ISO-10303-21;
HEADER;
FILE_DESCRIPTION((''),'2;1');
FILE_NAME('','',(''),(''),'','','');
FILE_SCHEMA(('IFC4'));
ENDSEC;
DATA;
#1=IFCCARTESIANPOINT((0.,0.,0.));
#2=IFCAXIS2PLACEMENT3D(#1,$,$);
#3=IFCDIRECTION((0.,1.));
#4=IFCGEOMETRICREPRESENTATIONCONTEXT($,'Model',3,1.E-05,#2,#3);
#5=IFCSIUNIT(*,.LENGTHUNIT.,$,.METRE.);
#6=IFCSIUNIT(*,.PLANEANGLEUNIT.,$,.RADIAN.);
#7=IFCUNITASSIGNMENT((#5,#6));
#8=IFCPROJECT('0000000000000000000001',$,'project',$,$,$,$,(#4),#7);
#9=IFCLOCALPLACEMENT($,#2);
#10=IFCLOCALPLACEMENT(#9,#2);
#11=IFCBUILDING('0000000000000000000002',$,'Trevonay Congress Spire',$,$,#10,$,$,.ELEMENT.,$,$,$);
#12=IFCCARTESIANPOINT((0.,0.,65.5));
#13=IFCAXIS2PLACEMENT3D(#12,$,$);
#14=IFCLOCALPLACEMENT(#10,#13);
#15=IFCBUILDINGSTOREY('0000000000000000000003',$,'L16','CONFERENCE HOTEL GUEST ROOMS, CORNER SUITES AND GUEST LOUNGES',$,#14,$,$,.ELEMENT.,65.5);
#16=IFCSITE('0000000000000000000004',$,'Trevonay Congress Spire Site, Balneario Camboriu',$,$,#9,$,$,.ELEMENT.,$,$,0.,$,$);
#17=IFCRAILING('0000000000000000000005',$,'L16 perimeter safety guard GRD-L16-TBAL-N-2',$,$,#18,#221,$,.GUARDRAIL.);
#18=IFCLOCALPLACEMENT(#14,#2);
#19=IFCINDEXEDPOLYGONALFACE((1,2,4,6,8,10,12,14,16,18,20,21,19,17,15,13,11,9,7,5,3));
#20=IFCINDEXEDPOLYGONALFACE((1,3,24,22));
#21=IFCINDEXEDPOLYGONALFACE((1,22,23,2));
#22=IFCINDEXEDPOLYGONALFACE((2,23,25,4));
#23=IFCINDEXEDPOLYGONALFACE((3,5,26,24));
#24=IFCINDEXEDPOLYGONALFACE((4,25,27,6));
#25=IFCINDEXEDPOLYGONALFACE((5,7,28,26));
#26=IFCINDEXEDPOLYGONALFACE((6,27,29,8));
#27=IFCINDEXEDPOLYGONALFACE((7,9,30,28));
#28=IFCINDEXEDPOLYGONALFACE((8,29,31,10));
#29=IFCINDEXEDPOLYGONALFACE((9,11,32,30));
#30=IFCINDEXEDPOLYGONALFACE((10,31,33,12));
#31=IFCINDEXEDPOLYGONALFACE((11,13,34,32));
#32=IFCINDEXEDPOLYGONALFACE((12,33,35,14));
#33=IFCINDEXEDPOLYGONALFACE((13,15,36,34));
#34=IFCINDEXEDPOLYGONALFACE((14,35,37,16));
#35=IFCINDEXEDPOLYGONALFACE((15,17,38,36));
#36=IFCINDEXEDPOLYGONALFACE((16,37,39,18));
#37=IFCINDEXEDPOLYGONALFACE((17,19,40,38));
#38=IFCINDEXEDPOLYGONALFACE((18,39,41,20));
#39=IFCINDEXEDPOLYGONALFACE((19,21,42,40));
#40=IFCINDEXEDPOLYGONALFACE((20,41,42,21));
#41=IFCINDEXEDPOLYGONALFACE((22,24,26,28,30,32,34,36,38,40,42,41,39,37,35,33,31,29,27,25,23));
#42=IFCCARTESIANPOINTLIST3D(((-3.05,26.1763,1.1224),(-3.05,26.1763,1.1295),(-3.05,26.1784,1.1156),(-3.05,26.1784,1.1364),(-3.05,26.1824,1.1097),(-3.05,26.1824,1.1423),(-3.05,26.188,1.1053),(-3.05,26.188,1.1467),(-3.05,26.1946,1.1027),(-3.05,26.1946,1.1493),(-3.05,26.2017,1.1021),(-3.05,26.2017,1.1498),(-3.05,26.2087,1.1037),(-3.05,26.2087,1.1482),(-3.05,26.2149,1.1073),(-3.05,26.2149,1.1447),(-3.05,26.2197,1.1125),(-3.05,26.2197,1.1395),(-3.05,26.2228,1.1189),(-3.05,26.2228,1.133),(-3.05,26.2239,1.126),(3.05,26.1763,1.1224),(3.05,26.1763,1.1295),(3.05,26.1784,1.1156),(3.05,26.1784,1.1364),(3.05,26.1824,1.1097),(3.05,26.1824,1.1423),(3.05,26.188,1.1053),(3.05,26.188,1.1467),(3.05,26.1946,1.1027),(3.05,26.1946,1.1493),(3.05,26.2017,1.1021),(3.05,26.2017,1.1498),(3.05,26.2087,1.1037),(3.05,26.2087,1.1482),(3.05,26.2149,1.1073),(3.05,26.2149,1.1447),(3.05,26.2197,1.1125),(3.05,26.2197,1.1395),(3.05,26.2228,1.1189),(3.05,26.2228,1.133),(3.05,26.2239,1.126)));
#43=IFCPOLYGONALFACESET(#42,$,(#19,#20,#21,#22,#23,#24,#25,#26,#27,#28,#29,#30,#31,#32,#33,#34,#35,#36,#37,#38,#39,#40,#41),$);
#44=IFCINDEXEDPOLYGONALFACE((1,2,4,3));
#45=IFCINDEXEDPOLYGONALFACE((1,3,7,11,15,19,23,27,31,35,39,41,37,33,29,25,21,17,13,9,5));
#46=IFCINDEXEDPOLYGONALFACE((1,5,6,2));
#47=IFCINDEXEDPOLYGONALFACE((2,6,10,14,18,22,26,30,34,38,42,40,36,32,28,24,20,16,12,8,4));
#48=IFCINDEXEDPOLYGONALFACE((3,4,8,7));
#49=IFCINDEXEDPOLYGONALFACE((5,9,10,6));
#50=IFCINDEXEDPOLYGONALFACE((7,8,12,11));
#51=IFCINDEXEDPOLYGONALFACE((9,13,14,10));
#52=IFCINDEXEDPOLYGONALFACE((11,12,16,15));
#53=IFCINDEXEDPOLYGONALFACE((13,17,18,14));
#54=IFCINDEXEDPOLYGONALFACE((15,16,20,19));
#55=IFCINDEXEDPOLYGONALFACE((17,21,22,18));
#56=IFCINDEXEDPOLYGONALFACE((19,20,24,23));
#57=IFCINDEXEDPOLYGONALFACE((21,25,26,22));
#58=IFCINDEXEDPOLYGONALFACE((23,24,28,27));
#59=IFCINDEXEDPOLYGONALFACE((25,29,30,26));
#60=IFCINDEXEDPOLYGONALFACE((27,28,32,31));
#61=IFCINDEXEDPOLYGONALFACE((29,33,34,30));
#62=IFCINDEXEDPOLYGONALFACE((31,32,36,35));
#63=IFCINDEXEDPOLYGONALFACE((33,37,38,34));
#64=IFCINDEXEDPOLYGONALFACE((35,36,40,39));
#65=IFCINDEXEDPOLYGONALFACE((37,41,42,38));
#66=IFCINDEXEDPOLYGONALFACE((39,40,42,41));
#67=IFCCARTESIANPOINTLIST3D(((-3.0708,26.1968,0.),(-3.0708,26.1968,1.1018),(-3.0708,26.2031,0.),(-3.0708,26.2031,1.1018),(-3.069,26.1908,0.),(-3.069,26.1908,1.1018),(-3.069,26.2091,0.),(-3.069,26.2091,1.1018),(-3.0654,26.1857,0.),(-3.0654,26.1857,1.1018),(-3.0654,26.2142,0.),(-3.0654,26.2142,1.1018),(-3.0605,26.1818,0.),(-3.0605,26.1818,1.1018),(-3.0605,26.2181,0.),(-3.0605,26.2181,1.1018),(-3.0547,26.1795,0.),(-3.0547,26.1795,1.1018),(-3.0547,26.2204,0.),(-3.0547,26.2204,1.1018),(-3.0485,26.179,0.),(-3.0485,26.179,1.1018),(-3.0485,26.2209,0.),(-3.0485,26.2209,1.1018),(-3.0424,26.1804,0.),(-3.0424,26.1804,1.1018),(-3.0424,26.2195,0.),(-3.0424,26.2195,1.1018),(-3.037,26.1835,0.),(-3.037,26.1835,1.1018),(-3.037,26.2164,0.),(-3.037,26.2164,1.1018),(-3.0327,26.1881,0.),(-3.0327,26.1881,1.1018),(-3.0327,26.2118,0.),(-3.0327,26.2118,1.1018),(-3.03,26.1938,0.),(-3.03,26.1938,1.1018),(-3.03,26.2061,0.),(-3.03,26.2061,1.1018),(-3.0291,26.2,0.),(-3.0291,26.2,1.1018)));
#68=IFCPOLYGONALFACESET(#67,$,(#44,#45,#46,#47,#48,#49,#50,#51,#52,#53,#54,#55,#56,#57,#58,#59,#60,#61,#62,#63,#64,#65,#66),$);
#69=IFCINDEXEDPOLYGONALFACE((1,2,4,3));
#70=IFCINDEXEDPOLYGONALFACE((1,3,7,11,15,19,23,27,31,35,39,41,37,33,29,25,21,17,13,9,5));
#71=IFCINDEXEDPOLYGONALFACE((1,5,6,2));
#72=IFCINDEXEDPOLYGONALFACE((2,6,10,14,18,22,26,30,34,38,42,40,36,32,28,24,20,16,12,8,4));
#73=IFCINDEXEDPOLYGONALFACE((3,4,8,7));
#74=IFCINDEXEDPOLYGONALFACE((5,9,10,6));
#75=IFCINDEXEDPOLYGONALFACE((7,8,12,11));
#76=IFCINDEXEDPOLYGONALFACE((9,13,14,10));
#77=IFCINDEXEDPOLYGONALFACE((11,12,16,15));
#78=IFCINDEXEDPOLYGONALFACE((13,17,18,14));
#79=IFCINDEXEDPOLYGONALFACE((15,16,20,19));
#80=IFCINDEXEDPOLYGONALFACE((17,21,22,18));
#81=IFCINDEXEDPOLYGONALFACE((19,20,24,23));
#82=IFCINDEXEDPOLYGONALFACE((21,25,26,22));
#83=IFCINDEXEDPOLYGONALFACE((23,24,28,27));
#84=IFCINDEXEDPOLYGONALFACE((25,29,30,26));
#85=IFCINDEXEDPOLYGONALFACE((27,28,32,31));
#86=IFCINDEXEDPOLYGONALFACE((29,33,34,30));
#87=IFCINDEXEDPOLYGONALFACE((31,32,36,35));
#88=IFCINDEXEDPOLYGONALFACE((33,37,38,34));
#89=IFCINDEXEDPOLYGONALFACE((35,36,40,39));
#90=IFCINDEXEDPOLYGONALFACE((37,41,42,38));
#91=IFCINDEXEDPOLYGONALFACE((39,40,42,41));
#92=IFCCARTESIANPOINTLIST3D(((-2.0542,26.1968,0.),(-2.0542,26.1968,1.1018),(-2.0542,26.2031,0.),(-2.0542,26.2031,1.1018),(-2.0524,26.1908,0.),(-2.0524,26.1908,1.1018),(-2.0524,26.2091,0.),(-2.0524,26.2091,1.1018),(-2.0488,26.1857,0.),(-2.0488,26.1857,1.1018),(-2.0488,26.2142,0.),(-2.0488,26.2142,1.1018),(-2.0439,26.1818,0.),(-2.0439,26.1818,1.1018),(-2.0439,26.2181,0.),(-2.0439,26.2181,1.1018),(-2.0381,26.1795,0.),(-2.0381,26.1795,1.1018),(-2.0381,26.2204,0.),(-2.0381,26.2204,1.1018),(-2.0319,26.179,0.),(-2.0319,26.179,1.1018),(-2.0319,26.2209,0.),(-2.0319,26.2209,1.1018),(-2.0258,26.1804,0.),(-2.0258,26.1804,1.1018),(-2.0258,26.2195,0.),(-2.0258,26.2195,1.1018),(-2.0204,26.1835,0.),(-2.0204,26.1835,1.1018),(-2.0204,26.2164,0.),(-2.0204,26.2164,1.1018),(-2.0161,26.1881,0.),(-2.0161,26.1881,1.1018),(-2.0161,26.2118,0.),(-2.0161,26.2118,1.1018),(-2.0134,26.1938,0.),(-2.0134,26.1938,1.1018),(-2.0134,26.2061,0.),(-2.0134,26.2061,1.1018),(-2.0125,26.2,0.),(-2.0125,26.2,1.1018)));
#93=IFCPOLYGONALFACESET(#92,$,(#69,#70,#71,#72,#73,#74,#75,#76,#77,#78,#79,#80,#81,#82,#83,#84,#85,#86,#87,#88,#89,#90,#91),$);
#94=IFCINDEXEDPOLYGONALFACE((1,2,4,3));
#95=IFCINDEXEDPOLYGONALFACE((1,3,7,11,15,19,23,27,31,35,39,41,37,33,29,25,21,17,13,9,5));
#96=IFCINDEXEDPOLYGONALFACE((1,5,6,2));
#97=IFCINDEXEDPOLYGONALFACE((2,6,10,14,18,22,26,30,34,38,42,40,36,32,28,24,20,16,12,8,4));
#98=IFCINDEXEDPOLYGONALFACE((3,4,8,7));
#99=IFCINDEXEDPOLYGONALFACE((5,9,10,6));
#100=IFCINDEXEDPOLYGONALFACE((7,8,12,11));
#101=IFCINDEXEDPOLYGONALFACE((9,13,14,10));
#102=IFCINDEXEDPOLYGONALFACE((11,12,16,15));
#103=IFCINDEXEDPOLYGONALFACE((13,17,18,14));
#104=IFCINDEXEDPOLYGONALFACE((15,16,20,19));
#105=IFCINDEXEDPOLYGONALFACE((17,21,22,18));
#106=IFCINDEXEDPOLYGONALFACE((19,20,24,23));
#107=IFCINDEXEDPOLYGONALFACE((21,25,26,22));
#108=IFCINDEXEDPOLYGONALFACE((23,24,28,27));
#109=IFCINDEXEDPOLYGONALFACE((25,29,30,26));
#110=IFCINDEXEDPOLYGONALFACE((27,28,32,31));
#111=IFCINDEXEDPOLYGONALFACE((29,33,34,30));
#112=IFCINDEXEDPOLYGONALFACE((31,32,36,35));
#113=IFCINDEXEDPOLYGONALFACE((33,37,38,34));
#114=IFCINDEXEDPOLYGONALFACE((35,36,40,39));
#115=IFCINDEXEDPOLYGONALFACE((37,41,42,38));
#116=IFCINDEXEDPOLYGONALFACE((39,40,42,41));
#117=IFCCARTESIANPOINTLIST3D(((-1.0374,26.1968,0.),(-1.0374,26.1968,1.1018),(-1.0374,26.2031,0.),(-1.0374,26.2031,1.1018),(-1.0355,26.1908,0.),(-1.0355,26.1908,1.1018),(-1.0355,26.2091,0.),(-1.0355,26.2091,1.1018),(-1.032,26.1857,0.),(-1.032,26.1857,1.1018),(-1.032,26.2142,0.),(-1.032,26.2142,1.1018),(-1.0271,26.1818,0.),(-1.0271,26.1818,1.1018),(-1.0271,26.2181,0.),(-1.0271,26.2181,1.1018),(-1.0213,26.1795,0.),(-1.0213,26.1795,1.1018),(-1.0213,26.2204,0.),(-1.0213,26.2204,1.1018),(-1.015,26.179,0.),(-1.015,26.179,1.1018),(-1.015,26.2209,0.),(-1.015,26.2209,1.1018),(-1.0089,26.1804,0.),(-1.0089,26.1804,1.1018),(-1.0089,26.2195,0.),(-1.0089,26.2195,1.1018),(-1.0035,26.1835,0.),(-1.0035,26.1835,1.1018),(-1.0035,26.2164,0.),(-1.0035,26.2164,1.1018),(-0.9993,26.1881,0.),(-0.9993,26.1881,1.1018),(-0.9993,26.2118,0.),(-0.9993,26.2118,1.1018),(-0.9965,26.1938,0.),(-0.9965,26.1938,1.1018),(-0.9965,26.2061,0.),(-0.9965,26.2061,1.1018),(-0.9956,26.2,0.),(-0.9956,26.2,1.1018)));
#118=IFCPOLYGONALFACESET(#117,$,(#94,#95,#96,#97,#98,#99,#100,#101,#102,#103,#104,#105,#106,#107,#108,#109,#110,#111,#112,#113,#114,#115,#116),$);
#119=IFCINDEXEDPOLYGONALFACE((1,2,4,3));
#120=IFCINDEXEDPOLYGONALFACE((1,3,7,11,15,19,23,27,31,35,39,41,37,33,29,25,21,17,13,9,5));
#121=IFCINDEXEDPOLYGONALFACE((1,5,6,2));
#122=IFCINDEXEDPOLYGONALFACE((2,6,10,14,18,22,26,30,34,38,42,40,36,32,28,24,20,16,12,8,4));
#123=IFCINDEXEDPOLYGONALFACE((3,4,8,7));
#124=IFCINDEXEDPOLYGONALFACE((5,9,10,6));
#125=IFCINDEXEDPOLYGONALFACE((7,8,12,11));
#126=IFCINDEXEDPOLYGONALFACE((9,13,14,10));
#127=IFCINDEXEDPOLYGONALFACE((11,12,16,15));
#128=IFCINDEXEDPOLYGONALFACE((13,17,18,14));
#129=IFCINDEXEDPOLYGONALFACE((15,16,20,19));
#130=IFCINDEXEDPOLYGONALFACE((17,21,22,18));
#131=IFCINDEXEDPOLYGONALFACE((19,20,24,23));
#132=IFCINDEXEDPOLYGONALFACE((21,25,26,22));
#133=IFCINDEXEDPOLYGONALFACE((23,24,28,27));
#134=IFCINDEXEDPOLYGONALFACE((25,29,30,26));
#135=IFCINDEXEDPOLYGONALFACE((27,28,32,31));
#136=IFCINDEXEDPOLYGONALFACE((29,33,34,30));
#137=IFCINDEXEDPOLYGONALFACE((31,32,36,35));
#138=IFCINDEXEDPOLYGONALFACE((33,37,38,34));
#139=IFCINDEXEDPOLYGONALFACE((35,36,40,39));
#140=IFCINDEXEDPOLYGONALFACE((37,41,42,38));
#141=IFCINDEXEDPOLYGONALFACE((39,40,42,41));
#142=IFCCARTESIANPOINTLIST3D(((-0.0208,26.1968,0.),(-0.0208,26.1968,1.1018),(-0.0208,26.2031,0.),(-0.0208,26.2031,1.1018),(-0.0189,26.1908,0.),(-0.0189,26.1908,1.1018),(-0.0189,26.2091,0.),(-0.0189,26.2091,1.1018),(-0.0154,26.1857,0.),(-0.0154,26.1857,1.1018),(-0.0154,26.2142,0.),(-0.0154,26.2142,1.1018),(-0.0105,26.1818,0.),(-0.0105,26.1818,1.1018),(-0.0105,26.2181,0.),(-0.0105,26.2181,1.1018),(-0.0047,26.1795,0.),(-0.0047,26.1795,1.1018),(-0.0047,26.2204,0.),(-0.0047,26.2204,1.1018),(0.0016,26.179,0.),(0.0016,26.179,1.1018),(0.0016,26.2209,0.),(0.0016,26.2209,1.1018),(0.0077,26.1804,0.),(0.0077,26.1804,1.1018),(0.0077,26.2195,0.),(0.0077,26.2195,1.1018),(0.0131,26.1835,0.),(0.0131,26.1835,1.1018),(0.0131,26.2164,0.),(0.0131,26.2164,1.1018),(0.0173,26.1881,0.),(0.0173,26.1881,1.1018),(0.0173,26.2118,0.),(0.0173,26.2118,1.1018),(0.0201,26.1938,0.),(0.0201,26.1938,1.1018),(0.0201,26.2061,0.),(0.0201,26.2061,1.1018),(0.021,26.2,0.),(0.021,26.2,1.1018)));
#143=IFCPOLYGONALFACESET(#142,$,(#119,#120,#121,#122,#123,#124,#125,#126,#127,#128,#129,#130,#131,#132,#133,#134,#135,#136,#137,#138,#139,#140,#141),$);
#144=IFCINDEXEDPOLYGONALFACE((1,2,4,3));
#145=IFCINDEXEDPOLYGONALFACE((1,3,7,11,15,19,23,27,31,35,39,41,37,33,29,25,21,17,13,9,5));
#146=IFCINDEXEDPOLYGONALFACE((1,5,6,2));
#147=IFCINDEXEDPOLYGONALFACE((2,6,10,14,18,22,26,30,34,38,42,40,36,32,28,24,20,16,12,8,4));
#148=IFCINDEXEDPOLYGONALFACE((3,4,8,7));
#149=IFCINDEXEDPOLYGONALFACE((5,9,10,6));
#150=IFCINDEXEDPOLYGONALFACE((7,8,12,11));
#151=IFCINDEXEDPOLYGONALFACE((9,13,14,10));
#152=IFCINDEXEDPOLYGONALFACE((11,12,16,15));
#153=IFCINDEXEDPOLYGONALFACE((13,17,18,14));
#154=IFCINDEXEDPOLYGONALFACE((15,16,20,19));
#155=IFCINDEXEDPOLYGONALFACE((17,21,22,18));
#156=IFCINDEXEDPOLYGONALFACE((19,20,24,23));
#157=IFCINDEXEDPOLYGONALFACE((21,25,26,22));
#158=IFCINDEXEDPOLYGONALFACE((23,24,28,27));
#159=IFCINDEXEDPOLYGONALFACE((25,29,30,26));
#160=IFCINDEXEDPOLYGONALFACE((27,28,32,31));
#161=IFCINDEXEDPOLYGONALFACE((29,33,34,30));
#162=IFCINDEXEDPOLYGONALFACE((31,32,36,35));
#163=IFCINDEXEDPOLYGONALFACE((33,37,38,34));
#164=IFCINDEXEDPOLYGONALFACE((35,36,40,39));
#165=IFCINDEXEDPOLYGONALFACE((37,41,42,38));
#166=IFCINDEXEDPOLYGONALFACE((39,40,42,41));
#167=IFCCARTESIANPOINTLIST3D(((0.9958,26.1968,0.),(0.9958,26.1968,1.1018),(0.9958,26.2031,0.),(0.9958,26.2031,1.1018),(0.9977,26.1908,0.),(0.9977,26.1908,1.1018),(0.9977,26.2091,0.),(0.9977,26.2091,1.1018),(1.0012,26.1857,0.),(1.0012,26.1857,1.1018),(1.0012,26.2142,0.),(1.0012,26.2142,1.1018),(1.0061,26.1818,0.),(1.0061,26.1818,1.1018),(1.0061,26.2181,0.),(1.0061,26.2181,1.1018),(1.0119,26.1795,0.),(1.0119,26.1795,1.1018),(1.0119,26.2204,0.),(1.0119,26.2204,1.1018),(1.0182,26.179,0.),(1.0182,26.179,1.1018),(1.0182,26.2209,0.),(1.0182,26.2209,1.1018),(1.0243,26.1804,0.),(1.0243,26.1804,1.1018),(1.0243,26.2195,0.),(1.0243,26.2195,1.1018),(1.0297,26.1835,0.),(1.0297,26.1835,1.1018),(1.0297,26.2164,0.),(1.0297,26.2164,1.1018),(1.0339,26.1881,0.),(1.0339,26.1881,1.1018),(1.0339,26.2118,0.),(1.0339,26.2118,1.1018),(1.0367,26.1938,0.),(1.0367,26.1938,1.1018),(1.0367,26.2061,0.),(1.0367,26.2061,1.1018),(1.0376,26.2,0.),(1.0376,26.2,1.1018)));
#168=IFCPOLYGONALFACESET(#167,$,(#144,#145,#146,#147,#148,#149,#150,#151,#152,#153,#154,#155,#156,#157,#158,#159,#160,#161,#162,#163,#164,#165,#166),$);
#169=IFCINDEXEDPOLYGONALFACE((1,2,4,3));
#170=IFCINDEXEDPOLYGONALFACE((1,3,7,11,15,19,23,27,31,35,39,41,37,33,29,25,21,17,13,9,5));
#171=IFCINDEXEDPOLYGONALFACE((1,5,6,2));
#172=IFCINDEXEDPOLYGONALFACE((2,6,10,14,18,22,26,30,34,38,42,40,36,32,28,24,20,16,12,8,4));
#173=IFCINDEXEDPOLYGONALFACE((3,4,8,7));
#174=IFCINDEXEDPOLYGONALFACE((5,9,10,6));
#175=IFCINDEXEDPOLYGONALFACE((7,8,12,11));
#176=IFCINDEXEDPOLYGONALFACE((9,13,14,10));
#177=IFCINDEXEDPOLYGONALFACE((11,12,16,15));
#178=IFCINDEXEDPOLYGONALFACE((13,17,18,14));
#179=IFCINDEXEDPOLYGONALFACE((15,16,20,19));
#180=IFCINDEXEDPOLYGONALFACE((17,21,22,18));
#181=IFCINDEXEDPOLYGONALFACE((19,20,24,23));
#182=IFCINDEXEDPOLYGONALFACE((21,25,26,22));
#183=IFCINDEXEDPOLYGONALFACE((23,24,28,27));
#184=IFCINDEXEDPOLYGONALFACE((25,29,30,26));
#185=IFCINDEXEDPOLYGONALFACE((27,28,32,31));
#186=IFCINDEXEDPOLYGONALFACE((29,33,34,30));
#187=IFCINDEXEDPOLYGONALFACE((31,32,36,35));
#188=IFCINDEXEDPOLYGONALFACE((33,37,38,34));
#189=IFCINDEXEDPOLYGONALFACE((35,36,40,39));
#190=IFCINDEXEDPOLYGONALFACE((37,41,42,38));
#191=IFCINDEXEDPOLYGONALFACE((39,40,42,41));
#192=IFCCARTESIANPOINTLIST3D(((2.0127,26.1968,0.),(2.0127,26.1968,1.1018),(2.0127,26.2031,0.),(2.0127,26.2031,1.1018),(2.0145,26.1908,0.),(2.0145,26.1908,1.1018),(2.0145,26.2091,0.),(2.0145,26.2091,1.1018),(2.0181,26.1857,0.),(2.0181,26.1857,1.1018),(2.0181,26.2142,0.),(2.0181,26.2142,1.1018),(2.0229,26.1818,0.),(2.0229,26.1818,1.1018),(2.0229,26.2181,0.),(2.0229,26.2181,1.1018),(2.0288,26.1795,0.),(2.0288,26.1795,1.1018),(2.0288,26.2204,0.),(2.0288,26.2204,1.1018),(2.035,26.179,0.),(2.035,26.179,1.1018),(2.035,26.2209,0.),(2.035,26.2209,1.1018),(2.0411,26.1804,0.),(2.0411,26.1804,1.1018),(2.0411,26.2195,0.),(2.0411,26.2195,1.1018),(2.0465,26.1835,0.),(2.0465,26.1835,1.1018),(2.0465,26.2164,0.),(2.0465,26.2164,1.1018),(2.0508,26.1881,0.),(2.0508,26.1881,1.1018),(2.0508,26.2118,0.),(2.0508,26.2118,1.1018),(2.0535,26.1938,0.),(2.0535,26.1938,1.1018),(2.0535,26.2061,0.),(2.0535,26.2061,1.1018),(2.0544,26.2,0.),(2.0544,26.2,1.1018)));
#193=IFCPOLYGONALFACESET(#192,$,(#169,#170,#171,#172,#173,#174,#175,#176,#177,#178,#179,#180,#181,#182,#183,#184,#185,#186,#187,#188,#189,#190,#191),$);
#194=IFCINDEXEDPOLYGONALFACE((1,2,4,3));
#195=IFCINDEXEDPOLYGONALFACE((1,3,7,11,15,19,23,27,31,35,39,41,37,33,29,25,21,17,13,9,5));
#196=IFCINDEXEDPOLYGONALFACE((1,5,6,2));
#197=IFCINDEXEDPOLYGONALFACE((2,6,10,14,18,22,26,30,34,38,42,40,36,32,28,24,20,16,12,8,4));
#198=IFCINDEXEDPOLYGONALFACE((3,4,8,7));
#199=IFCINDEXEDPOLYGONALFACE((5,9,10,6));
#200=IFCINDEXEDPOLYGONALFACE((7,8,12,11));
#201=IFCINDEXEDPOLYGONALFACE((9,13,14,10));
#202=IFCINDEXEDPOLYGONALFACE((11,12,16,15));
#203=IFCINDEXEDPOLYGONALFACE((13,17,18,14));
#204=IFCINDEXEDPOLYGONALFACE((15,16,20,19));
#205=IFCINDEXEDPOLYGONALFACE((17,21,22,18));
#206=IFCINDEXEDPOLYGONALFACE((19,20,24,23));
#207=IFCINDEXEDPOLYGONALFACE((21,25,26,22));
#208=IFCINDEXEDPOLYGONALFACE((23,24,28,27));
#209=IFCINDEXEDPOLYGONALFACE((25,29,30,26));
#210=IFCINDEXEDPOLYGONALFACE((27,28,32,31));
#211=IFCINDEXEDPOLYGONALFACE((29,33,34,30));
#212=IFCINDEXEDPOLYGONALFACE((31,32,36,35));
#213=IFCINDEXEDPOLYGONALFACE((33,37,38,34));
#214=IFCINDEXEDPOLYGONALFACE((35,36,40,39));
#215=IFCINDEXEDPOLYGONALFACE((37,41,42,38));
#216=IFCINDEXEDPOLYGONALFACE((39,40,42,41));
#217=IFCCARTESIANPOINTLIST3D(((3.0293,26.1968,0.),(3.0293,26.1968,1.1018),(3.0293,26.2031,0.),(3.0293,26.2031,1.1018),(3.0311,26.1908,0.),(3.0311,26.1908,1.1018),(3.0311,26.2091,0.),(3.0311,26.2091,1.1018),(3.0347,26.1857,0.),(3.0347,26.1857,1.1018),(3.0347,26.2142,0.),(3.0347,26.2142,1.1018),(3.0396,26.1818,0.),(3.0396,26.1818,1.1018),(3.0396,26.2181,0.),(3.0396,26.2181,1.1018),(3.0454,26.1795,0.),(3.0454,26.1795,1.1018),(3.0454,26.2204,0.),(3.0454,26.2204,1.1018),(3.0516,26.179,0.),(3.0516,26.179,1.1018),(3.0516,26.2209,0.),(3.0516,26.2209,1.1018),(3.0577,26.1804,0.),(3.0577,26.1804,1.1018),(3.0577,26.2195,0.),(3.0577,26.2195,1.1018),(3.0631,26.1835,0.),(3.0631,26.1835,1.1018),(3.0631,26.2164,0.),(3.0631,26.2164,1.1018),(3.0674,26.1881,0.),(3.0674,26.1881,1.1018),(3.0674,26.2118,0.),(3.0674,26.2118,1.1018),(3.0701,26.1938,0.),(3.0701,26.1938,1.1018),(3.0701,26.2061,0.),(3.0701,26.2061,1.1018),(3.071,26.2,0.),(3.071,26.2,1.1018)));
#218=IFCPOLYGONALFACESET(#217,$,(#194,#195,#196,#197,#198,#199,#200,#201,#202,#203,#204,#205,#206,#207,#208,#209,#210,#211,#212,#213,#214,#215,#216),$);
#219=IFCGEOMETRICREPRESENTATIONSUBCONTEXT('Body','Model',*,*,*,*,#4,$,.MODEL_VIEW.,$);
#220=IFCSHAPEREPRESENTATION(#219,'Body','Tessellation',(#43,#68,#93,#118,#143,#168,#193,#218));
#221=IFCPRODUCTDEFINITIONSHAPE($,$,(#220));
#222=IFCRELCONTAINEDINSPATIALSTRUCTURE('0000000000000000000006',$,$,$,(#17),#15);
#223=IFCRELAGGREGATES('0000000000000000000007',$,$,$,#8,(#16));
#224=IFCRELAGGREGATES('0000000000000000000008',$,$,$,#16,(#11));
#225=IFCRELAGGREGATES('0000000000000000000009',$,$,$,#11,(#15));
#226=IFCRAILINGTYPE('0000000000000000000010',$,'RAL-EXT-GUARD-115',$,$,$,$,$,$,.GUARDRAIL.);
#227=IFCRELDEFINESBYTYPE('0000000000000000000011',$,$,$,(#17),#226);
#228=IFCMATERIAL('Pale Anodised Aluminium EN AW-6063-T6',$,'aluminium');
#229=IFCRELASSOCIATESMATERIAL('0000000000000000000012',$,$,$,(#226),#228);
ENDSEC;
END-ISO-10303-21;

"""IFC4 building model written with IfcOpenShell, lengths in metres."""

from ifc_helpers import new_model, si_unit, direction, frame, origin, origin_2d, place, context, subcontext, project, spatial, circle, extrude, material, type_object, element, save


model = new_model("IFC4")

# Units and contexts
model_context = context("Model", 3, precision=1e-05, world=origin(), true_north=direction((0.0, 1.0)))
body_context = subcontext(model_context, "Body", "Model", "MODEL_VIEW")
ifc_project = project(units=[si_unit("LENGTHUNIT", "METRE"), si_unit("PLANEANGLEUNIT", "RADIAN")], contexts=[model_context])

# Site, building, storey
site_placement = place(None, origin())
site = spatial("IfcSite", under=ifc_project, at=site_placement, Name="Trevonay Congress Spire Site, Balneario Camboriu", CompositionType="ELEMENT", RefElevation=0.0)
building_placement = place(site_placement, origin())
building = spatial("IfcBuilding", under=site, at=building_placement, Name="Trevonay Congress Spire", CompositionType="ELEMENT")
storey_placement = place(building_placement, frame((0.0, 0.0, 65.5)))
storey = spatial("IfcBuildingStorey", under=building, at=storey_placement, Name="L16", Description="CONFERENCE HOTEL GUEST ROOMS, CORNER SUITES AND GUEST LOUNGES", CompositionType="ELEMENT", Elevation=65.5)

# Shared definitions
ifc_material_1 = material(Name="Pale Anodised Aluminium EN AW-6063-T6", Category="aluminium")

# Railing
railing_type = type_object("IfcRailingType", Name="RAL-EXT-GUARD-115", PredefinedType="GUARDRAIL", material=ifc_material_1)
railing_1_placement = place(storey_placement, frame((-3.05, 26.2, 0.0)))
element("IfcRailing", 1, at=railing_1_placement, inside=storey, type_object=railing_type, Name="L16 perimeter safety guard GRD-L16-TBAL-N-2", PredefinedType="GUARDRAIL", context=body_context, shape_type="SweptSolid", body=[
    extrude(circle(Radius=0.0239, at=origin_2d()), frame((0.0, 0.0, 1.126), z_axis=(1.0, 0.0, 0.0), x_axis=(0.0, 1.0, 0.0)), (0.0, 0.0, 1.0), 6.1001),
    extrude(circle(Radius=0.021, at=origin_2d()), origin(), (0.0, 0.0, 1.0), 1.1018),
    extrude(circle(Radius=0.021, at=origin_2d()), frame((1.0166, 0.0, 0.0)), (0.0, 0.0, 1.0), 1.1018),
    extrude(circle(Radius=0.021, at=origin_2d()), frame((2.0334, 0.0, 0.0)), (0.0, 0.0, 1.0), 1.1018),
    extrude(circle(Radius=0.021, at=origin_2d()), frame((3.05, 0.0, 0.0)), (0.0, 0.0, 1.0), 1.1018),
    extrude(circle(Radius=0.021, at=origin_2d()), frame((4.0667, 0.0, 0.0)), (0.0, 0.0, 1.0), 1.1018),
    extrude(circle(Radius=0.021, at=origin_2d()), frame((5.0835, 0.0, 0.0)), (0.0, 0.0, 1.0), 1.1018),
    extrude(circle(Radius=0.021, at=origin_2d()), frame((6.1001, 0.0, 0.0)), (0.0, 0.0, 1.0), 1.1018),
])

save(model, "model.ifc")
